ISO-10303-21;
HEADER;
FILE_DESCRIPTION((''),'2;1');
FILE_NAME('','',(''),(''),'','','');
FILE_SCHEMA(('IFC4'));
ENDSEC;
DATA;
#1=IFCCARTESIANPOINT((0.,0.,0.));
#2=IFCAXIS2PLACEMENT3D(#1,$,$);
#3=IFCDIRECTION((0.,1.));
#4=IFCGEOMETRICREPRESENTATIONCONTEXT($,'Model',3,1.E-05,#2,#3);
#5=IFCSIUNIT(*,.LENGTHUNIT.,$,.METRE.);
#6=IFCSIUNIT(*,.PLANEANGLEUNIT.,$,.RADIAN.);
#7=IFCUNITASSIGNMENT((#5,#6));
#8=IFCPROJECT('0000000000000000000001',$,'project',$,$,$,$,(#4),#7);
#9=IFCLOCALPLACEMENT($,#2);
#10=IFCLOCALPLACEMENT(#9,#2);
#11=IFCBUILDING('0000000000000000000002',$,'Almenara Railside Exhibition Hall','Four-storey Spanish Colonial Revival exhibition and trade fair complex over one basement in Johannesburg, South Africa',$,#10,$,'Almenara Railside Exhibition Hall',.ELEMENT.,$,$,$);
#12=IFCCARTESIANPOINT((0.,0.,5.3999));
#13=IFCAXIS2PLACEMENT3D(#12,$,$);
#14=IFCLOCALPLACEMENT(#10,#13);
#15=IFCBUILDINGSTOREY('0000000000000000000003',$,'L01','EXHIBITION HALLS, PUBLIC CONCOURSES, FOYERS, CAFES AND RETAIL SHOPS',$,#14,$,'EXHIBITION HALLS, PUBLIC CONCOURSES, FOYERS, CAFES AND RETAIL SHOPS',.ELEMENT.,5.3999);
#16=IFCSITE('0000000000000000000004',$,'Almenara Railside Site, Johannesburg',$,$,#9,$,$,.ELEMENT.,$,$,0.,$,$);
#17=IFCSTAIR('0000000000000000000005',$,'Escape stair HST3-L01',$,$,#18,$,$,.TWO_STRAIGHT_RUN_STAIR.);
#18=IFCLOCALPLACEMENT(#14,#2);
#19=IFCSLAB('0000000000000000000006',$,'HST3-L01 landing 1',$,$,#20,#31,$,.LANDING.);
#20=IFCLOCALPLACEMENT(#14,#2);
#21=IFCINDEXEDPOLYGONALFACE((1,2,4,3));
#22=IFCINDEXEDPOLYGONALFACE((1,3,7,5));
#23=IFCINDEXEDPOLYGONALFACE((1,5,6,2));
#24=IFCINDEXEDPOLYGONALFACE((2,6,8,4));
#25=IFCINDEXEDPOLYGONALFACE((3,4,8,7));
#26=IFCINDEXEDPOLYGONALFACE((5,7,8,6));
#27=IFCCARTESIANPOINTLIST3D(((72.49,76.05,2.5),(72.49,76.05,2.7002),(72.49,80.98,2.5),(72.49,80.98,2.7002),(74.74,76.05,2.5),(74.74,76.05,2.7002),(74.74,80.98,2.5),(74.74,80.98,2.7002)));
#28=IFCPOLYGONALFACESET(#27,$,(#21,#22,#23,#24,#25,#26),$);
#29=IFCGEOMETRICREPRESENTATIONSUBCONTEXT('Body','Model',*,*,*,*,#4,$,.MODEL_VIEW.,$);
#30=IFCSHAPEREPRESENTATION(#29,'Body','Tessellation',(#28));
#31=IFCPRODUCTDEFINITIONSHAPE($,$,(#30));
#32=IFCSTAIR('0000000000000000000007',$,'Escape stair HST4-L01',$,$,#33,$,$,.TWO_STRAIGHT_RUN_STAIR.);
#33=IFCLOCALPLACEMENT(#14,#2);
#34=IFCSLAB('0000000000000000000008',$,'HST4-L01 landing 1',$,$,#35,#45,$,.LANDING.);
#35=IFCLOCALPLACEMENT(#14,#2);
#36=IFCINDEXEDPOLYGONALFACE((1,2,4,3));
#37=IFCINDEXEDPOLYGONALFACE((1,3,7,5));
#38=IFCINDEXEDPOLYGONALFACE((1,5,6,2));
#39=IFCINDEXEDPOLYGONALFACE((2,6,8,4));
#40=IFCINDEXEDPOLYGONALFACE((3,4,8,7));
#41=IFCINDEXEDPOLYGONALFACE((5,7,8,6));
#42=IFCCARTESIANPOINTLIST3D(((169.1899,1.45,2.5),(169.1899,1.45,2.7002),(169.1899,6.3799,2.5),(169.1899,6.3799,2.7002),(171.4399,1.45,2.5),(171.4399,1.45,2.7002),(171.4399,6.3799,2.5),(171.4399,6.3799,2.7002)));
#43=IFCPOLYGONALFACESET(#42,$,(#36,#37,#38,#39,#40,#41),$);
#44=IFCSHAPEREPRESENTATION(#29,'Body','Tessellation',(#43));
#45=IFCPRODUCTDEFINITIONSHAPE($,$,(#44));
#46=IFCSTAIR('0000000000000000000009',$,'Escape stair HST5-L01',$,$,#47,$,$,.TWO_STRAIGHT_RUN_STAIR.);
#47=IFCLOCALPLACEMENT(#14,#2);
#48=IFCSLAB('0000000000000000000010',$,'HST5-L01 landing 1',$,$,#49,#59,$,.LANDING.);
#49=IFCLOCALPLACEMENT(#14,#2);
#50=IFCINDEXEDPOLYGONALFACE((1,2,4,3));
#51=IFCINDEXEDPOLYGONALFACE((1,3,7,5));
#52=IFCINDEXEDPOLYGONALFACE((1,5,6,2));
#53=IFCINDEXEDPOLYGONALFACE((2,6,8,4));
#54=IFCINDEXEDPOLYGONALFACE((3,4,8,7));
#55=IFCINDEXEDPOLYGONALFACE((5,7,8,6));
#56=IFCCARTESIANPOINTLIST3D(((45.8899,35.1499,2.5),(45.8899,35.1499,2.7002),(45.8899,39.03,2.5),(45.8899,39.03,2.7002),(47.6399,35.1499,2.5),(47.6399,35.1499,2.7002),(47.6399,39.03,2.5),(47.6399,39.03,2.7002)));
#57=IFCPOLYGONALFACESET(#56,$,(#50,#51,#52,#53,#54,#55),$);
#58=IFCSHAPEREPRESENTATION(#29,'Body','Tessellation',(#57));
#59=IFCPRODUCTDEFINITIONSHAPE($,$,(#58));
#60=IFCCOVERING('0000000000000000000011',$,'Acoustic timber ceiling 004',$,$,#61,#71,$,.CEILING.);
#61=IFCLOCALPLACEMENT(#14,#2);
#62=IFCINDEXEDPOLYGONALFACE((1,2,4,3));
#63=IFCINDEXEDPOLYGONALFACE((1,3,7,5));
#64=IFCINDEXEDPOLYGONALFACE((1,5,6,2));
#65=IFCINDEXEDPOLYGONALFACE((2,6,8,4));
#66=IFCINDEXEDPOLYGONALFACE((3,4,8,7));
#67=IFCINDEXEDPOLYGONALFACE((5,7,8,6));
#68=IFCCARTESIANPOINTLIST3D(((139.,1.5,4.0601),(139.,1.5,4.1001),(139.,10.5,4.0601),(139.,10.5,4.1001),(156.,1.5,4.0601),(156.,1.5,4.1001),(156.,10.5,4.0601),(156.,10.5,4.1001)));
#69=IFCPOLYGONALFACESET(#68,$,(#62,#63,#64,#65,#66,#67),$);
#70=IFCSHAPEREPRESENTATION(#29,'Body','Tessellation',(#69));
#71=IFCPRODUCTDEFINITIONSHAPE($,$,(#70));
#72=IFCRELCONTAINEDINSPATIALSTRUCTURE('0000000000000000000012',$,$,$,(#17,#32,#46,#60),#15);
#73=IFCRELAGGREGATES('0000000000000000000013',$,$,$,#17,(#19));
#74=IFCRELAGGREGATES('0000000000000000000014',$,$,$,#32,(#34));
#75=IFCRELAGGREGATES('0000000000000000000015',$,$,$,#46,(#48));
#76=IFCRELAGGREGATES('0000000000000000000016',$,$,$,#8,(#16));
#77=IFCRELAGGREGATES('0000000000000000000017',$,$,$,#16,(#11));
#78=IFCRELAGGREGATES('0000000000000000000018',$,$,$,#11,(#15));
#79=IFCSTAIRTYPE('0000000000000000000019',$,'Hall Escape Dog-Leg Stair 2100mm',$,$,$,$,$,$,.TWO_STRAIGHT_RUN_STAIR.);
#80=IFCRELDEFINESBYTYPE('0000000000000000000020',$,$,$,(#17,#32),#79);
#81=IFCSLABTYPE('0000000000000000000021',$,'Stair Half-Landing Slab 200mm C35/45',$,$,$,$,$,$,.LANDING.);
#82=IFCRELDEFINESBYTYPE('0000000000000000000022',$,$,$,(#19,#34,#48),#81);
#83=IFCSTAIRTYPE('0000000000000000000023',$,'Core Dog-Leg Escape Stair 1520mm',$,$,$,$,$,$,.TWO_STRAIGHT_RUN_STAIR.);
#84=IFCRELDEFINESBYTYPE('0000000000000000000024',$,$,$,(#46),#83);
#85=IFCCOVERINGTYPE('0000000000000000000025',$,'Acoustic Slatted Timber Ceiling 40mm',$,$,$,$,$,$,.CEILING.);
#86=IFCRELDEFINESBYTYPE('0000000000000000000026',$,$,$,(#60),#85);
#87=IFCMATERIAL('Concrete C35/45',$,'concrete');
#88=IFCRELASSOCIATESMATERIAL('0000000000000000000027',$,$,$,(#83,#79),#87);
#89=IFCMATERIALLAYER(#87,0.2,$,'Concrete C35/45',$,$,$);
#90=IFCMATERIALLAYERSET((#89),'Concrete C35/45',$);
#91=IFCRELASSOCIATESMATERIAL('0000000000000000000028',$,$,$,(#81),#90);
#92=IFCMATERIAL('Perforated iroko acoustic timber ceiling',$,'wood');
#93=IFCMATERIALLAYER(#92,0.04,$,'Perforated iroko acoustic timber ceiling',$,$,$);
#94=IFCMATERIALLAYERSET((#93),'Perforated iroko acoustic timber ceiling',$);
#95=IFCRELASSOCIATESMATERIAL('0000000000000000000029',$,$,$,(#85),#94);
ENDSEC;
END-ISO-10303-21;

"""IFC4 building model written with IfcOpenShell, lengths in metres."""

from ifc_helpers import new_model, si_unit, direction, frame, origin, place, context, subcontext, project, spatial, polyline, outline, extrude, material, layer, layer_set, type_object, element, aggregate, save


model = new_model("IFC4")

# Units and contexts
model_context = context("Model", 3, precision=1e-05, world=origin(), true_north=direction((0.0, 1.0)))
body_context = subcontext(model_context, "Body", "Model", "MODEL_VIEW")
ifc_project = project(units=[si_unit("LENGTHUNIT", "METRE"), si_unit("PLANEANGLEUNIT", "RADIAN")], contexts=[model_context])

# Site, building, storey
site_placement = place(None, origin())
site = spatial("IfcSite", under=ifc_project, at=site_placement, Name="Almenara Railside Site, Johannesburg", CompositionType="ELEMENT", RefElevation=0.0)
building_placement = place(site_placement, origin())
building = spatial("IfcBuilding", under=site, at=building_placement, Name="Almenara Railside Exhibition Hall", Description="Four-storey Spanish Colonial Revival exhibition and trade fair complex over one basement in Johannesburg, South Africa", LongName="Almenara Railside Exhibition Hall", CompositionType="ELEMENT")
storey_placement = place(building_placement, frame((0.0, 0.0, 5.3999)))
storey = spatial("IfcBuildingStorey", under=building, at=storey_placement, Name="L01", Description="EXHIBITION HALLS, PUBLIC CONCOURSES, FOYERS, CAFES AND RETAIL SHOPS", LongName="EXHIBITION HALLS, PUBLIC CONCOURSES, FOYERS, CAFES AND RETAIL SHOPS", CompositionType="ELEMENT", Elevation=5.3999)

# Shared definitions
ifc_material_1 = material(Name="Concrete C35/45", Category="concrete")

# Stairs, slabs
stair_type_1 = type_object("IfcStairType", Name="Core Dog-Leg Escape Stair 1520mm", PredefinedType="TWO_STRAIGHT_RUN_STAIR", material=ifc_material_1)
ifc_layer_1 = layer(ifc_material_1, 0.2, Name="Concrete C35/45")
ifc_layer_set_1 = layer_set([ifc_layer_1], Name="Concrete C35/45")
slab_type_1 = type_object("IfcSlabType", Name="Stair Half-Landing Slab 200mm C35/45", PredefinedType="LANDING", material=ifc_layer_set_1)
stair_type_2 = type_object("IfcStairType", Name="Hall Escape Dog-Leg Stair 2100mm", PredefinedType="TWO_STRAIGHT_RUN_STAIR", material=ifc_material_1)
stair_1_placement = place(storey_placement, origin())
stair_1 = element("IfcStair", 1, at=stair_1_placement, inside=storey, type_object=stair_type_2, Name="Escape stair HST3-L01", PredefinedType="TWO_STRAIGHT_RUN_STAIR")
slab_1_placement = place(storey_placement, frame((0.0, 0.0, 2.5)))
slab_1 = element("IfcSlab", 2, at=slab_1_placement, type_object=slab_type_1, Name="HST3-L01 landing 1", PredefinedType="LANDING", context=body_context, shape_type="SweptSolid", body=[
    extrude(outline(polyline([(72.49, 76.05), (74.74, 76.05), (74.74, 80.98), (72.49, 80.98), (72.49, 76.05)])), origin(), (0.0, 0.0, 1.0), 0.2002),
])
aggregate(stair_1, [slab_1])
stair_2_placement = place(storey_placement, origin())
stair_2 = element("IfcStair", 3, at=stair_2_placement, inside=storey, type_object=stair_type_2, Name="Escape stair HST4-L01", PredefinedType="TWO_STRAIGHT_RUN_STAIR")
slab_2_placement = place(storey_placement, frame((0.0, 0.0, 2.5)))
slab_2 = element("IfcSlab", 4, at=slab_2_placement, type_object=slab_type_1, Name="HST4-L01 landing 1", PredefinedType="LANDING", context=body_context, shape_type="SweptSolid", body=[
    extrude(outline(polyline([(169.1899, 1.45), (171.4399, 1.45), (171.4399, 6.3799), (169.1899, 6.3799), (169.1899, 1.45)])), origin(), (0.0, 0.0, 1.0), 0.2002),
])
aggregate(stair_2, [slab_2])
stair_3_placement = place(storey_placement, origin())
stair_3 = element("IfcStair", 5, at=stair_3_placement, inside=storey, type_object=stair_type_1, Name="Escape stair HST5-L01", PredefinedType="TWO_STRAIGHT_RUN_STAIR")
slab_3_placement = place(storey_placement, frame((0.0, 0.0, 2.5)))
slab_3 = element("IfcSlab", 6, at=slab_3_placement, type_object=slab_type_1, Name="HST5-L01 landing 1", PredefinedType="LANDING", context=body_context, shape_type="SweptSolid", body=[
    extrude(outline(polyline([(45.8899, 35.1499), (47.6399, 35.1499), (47.6399, 39.03), (45.8899, 39.03), (45.8899, 35.1499)])), origin(), (0.0, 0.0, 1.0), 0.2002),
])
aggregate(stair_3, [slab_3])

# Covering
ifc_material_2 = material(Name="Perforated iroko acoustic timber ceiling", Category="wood")
ifc_layer_2 = layer(ifc_material_2, 0.04, Name="Perforated iroko acoustic timber ceiling")
ifc_layer_set_2 = layer_set([ifc_layer_2], Name="Perforated iroko acoustic timber ceiling")
covering_type = type_object("IfcCoveringType", Name="Acoustic Slatted Timber Ceiling 40mm", PredefinedType="CEILING", material=ifc_layer_set_2)
covering_placement = place(storey_placement, frame((0.0, 0.0, 4.0601)))
element("IfcCovering", 7, at=covering_placement, inside=storey, type_object=covering_type, Name="Acoustic timber ceiling 004", PredefinedType="CEILING", context=body_context, shape_type="SweptSolid", body=[
    extrude(outline(polyline([(139.0, 1.5), (156.0, 1.5), (156.0, 10.5), (139.0, 10.5), (139.0, 1.5)])), origin(), (0.0, 0.0, 1.0), 0.04),
])

save(model, "model.ifc")
